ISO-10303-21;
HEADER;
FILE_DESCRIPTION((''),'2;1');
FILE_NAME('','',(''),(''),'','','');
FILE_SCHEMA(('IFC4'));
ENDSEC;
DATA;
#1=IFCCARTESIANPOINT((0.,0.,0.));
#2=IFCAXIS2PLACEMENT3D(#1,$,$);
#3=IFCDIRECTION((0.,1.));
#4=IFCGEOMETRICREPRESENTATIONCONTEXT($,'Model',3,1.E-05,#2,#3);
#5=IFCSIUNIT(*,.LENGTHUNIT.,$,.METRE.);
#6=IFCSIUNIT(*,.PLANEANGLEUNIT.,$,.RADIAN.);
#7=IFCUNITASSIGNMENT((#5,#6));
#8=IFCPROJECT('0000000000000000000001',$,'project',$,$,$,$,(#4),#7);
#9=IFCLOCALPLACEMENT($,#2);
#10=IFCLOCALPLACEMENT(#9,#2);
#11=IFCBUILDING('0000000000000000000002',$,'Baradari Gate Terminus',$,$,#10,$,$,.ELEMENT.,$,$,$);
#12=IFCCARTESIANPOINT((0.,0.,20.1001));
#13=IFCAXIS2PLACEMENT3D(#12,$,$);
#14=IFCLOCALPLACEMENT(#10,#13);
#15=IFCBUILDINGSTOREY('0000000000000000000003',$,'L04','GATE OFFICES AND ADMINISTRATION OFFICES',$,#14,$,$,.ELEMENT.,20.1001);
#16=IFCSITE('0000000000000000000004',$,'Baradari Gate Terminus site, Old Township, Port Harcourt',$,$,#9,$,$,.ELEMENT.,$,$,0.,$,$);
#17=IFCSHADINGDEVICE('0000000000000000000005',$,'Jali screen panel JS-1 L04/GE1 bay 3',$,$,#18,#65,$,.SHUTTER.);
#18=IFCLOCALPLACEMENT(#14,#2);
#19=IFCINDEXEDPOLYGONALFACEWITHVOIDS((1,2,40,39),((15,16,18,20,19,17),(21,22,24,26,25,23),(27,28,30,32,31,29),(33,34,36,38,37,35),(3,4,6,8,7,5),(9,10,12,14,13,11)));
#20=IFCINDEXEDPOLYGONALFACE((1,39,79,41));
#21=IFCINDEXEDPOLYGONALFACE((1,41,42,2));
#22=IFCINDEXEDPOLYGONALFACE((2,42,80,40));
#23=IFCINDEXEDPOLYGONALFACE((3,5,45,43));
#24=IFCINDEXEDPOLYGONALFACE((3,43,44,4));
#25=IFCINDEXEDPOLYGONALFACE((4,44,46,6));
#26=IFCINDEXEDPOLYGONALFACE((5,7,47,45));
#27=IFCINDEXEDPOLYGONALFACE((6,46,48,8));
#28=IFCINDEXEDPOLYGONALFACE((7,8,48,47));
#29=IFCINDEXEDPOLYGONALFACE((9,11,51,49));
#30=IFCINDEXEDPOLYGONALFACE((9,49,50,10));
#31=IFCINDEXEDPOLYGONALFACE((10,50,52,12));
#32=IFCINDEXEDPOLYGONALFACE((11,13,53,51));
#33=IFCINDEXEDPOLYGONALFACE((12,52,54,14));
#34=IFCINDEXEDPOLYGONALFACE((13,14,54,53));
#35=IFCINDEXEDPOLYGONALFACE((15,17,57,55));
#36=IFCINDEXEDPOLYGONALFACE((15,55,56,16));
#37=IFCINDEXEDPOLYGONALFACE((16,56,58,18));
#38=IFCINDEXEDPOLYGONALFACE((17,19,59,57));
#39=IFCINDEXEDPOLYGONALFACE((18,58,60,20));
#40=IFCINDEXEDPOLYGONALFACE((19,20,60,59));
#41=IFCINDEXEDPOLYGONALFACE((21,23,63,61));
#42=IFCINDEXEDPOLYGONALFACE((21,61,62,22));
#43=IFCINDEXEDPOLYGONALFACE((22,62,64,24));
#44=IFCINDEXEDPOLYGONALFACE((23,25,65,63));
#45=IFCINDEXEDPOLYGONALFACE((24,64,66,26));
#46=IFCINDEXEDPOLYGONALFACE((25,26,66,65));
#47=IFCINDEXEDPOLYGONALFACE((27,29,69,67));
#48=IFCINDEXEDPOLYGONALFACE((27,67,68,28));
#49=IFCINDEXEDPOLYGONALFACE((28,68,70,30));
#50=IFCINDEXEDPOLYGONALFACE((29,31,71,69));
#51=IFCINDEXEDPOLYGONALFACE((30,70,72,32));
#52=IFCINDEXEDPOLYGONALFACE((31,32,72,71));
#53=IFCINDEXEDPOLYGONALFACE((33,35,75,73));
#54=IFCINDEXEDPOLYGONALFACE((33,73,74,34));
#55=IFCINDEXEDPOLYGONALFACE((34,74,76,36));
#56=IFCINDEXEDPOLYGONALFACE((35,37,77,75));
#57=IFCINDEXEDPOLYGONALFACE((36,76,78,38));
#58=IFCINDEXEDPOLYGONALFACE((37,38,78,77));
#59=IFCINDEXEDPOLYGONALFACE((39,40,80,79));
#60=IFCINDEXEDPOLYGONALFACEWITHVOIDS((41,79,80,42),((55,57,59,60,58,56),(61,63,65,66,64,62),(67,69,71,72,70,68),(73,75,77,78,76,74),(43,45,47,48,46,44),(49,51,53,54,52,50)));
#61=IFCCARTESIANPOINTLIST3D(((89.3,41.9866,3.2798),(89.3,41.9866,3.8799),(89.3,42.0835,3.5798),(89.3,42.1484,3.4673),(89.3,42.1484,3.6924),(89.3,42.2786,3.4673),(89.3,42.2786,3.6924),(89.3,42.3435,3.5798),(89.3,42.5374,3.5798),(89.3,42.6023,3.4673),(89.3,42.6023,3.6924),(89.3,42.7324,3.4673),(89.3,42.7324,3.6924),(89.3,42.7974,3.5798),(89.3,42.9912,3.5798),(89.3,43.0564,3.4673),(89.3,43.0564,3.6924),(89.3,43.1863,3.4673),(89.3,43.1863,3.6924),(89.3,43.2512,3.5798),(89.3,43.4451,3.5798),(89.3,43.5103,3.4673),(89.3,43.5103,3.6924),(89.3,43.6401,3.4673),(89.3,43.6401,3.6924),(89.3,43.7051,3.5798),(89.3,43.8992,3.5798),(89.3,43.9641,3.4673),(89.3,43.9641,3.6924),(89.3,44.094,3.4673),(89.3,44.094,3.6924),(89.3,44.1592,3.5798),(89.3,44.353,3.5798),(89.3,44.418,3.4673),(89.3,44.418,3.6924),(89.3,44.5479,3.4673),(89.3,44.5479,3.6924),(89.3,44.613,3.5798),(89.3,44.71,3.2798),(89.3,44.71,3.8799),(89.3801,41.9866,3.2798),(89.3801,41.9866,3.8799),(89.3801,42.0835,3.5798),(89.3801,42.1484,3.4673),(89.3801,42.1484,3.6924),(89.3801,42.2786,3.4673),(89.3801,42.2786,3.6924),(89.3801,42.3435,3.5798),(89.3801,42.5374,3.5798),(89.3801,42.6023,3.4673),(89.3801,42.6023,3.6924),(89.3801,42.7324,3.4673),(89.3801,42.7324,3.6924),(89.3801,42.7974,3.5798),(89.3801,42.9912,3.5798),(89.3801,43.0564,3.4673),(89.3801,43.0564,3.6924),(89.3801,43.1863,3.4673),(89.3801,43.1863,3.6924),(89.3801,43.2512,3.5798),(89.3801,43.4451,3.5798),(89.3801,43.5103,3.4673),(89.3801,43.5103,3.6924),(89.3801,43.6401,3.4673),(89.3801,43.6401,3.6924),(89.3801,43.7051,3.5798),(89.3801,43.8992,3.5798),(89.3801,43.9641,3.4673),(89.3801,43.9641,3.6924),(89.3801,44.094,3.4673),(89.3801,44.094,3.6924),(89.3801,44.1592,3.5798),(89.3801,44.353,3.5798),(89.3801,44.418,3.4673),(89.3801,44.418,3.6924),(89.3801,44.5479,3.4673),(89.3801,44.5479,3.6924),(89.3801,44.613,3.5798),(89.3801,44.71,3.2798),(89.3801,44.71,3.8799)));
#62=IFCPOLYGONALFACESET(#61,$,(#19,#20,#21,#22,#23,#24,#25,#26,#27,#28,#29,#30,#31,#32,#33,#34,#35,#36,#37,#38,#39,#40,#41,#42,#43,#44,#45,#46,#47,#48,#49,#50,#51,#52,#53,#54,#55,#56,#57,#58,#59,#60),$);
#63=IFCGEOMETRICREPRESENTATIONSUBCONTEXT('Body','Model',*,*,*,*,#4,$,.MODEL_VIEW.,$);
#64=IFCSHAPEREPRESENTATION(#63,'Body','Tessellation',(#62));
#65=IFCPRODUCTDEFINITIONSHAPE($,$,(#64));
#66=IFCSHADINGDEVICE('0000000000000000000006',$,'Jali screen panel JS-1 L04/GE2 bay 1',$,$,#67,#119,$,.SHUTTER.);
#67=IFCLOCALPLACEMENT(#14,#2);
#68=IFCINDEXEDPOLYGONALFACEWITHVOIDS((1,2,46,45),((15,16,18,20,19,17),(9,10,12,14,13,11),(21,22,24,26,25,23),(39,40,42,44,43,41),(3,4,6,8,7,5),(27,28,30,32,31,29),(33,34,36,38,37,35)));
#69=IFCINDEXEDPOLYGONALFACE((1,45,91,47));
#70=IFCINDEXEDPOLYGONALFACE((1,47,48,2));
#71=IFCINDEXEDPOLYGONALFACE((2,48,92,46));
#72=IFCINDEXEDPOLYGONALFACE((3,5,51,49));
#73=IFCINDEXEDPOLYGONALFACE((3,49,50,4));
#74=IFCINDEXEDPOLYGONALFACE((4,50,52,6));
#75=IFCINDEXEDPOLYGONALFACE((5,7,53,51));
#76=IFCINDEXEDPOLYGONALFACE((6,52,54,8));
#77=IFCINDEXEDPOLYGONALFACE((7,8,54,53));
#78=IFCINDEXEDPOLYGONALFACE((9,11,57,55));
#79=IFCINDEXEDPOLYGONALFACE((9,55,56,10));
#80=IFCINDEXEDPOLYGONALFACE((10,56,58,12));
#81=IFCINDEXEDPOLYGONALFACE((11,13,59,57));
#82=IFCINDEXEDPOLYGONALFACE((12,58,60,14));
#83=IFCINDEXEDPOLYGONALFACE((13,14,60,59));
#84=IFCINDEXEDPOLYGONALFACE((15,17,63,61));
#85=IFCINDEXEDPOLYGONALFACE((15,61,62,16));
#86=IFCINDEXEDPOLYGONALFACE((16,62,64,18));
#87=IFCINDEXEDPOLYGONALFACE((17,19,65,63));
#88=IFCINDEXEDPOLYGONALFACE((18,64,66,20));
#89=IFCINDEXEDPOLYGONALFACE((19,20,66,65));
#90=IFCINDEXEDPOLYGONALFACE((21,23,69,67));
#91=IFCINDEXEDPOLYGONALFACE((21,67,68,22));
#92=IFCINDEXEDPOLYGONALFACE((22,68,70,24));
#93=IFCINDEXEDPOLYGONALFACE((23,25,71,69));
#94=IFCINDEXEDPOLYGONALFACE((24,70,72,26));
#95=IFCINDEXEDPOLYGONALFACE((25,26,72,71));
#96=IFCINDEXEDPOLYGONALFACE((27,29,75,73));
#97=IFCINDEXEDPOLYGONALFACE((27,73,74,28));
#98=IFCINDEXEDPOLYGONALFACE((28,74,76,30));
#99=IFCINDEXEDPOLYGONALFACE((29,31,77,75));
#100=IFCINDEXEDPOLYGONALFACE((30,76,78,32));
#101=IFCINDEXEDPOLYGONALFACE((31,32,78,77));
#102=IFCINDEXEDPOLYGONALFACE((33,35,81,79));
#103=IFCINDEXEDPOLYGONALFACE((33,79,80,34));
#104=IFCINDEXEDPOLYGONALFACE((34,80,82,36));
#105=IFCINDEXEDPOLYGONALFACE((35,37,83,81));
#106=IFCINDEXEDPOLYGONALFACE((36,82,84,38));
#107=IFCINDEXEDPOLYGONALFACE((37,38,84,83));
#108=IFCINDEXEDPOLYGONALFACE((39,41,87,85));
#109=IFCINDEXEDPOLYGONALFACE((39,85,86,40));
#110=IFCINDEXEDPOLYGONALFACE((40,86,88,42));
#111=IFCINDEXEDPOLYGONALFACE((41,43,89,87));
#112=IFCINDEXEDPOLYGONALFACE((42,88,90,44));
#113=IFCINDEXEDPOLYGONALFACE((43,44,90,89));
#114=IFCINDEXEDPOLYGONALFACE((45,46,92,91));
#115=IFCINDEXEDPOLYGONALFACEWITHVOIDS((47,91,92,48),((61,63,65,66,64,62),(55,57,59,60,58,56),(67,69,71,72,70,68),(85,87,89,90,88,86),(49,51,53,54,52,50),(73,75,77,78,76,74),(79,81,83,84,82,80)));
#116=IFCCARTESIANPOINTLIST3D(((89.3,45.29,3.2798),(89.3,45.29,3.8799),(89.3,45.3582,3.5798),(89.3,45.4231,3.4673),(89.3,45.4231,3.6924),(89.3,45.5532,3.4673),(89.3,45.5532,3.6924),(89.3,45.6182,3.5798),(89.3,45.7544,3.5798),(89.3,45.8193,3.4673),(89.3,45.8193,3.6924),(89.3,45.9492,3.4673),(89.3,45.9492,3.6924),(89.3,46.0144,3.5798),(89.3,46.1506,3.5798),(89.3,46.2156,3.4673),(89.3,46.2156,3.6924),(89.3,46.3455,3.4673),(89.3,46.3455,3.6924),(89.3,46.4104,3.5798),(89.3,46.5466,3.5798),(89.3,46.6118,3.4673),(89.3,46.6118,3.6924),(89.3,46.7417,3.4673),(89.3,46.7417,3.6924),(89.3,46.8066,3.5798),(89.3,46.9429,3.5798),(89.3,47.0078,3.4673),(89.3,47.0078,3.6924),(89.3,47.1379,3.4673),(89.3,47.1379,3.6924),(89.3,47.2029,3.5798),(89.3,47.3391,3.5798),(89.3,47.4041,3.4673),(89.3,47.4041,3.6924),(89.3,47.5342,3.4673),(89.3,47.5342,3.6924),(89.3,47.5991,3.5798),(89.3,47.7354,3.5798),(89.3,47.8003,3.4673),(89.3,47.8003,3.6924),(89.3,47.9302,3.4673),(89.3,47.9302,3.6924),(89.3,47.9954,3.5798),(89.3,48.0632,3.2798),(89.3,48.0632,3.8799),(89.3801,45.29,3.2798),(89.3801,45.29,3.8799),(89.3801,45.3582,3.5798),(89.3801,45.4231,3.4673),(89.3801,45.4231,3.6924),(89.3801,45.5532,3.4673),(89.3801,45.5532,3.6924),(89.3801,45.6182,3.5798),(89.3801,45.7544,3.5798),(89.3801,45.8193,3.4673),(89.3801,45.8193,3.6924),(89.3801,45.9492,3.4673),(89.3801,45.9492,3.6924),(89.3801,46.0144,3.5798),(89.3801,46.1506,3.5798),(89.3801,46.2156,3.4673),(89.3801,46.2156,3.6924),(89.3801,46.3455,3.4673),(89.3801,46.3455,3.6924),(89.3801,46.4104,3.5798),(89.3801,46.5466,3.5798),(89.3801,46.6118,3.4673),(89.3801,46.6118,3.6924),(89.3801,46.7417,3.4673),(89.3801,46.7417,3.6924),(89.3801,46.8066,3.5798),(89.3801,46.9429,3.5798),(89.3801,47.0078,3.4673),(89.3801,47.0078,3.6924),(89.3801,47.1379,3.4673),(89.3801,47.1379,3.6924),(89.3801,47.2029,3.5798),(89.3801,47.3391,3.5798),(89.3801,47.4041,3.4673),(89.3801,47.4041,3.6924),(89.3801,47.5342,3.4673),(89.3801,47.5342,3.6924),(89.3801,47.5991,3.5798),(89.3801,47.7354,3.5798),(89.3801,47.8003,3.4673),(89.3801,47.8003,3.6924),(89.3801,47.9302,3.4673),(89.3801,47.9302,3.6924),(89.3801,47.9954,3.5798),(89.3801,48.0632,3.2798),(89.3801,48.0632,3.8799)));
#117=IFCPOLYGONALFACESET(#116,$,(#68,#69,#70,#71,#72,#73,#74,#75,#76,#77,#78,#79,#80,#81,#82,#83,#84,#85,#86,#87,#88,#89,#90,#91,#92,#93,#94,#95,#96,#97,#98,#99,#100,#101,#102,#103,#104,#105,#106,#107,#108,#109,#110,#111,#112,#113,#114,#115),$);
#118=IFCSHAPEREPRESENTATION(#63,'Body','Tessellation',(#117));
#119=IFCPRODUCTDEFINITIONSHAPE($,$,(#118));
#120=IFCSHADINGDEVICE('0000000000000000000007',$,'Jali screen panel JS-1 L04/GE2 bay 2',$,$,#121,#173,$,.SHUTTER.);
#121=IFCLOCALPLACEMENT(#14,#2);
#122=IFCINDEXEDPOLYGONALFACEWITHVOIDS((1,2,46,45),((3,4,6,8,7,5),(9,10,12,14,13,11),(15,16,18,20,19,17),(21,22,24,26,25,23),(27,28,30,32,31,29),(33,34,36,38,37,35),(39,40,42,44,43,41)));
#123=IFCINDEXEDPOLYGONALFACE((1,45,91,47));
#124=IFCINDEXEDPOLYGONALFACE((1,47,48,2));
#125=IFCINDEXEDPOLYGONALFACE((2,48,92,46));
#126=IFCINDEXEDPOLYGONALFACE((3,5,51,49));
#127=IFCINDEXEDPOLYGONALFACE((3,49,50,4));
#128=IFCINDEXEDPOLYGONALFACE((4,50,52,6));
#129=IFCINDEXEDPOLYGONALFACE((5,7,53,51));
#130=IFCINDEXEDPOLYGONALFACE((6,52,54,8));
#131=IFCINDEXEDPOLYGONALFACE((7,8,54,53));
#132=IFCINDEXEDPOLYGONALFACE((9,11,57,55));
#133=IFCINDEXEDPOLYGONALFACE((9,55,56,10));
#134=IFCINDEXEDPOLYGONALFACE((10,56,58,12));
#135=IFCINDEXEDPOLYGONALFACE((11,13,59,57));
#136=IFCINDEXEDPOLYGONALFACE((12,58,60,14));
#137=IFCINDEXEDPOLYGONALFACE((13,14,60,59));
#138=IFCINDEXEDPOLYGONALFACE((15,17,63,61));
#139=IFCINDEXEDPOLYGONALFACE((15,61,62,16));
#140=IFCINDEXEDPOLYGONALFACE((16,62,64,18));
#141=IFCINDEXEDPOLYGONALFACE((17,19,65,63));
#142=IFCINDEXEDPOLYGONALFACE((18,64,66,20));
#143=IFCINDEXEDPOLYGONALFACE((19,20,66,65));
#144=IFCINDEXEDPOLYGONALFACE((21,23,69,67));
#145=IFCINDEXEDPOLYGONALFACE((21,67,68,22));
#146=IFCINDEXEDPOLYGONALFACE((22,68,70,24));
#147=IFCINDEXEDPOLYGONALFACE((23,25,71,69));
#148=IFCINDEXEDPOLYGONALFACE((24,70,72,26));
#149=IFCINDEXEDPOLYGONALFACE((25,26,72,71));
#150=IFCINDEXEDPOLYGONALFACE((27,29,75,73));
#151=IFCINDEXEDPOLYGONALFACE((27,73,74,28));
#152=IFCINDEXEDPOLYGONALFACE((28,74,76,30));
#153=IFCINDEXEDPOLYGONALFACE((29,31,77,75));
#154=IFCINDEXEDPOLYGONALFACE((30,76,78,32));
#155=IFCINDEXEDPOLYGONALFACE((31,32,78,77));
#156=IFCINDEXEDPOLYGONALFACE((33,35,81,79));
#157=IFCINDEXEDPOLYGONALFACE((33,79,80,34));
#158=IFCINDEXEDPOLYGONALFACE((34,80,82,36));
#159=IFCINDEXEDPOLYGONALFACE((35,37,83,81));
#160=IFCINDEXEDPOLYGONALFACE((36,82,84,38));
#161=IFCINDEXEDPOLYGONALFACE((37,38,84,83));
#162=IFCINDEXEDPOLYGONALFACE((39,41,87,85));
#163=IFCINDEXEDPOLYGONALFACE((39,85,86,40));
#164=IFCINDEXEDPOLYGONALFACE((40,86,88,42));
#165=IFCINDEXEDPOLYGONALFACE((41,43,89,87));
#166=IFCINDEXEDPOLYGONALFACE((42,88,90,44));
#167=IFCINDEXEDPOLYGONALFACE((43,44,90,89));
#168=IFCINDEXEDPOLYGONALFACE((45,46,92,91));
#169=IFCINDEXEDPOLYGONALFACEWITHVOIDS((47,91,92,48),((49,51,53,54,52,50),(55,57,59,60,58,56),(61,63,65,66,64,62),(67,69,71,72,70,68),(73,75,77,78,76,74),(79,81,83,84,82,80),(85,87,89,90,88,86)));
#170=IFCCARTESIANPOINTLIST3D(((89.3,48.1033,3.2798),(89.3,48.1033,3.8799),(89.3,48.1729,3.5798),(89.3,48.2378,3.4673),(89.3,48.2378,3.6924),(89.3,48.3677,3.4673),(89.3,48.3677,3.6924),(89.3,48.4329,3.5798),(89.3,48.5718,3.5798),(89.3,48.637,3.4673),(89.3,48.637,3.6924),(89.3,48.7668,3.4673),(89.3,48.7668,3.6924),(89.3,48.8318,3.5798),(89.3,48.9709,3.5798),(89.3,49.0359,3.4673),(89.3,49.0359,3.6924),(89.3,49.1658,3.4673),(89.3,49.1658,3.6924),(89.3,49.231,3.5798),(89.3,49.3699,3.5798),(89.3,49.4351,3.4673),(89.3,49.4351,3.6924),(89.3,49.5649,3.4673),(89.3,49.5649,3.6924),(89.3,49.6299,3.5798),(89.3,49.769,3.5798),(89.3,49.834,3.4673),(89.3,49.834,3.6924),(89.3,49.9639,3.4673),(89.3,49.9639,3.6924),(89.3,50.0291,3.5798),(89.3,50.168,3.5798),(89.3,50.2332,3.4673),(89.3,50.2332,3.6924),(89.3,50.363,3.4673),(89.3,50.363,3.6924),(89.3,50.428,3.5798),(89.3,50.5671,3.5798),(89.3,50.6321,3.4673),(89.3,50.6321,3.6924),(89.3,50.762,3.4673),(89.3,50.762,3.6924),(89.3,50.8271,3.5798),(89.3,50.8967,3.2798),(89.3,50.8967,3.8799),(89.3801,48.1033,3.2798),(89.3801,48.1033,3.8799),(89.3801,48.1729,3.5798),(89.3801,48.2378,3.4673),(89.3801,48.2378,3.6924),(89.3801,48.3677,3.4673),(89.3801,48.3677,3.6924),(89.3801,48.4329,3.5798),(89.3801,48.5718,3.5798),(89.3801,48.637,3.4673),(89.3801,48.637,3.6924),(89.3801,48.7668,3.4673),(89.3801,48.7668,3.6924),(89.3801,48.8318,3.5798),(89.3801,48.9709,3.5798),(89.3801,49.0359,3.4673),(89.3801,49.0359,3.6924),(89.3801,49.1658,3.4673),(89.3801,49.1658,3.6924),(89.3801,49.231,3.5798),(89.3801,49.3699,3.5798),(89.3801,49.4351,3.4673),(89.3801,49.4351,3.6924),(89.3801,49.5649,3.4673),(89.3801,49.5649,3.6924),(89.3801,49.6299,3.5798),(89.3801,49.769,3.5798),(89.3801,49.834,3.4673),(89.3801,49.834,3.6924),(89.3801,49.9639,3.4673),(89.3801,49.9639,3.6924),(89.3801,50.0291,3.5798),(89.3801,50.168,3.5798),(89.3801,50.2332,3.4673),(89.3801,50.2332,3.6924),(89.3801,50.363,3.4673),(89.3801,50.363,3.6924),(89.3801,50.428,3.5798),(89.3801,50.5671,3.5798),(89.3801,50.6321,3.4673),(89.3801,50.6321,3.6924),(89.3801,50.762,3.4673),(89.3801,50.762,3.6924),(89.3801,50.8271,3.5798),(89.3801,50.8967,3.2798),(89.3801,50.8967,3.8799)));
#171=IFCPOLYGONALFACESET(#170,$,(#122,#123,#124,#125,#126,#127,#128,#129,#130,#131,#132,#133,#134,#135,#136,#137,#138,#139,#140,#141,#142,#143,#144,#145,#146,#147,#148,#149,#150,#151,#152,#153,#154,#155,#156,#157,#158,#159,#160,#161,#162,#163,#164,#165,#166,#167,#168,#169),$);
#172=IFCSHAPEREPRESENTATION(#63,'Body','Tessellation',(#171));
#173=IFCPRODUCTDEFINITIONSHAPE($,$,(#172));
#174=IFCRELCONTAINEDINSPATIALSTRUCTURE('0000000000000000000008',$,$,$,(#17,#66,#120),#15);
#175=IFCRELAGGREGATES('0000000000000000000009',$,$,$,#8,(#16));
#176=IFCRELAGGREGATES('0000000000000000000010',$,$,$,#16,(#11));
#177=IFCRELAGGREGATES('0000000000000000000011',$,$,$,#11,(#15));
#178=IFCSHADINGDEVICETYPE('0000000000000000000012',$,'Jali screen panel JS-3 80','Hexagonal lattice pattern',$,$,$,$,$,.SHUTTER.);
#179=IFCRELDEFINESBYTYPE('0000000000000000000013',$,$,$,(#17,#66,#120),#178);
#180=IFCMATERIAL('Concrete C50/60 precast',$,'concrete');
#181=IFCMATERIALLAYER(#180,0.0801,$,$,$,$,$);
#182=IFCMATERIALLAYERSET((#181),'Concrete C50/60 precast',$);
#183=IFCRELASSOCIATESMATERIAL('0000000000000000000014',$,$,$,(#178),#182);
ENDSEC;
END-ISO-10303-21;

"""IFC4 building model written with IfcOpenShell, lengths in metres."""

from ifc_helpers import new_model, si_unit, direction, frame, origin, place, context, subcontext, project, spatial, polyline, outline, extrude, material, layer, layer_set, type_object, element, save


model = new_model("IFC4")

# Units and contexts
model_context = context("Model", 3, precision=1e-05, world=origin(), true_north=direction((0.0, 1.0)))
body_context = subcontext(model_context, "Body", "Model", "MODEL_VIEW")
ifc_project = project(units=[si_unit("LENGTHUNIT", "METRE"), si_unit("PLANEANGLEUNIT", "RADIAN")], contexts=[model_context])

# Site, building, storey
site_placement = place(None, origin())
site = spatial("IfcSite", under=ifc_project, at=site_placement, Name="Baradari Gate Terminus site, Old Township, Port Harcourt", CompositionType="ELEMENT", RefElevation=0.0)
building_placement = place(site_placement, origin())
building = spatial("IfcBuilding", under=site, at=building_placement, Name="Baradari Gate Terminus", CompositionType="ELEMENT")
storey_placement = place(building_placement, frame((0.0, 0.0, 20.1001)))
storey = spatial("IfcBuildingStorey", under=building, at=storey_placement, Name="L04", Description="GATE OFFICES AND ADMINISTRATION OFFICES", CompositionType="ELEMENT", Elevation=20.1001)

# Shading devices
ifc_material_1 = material(Name="Concrete C50/60 precast", Category="concrete")
ifc_layer_1 = layer(ifc_material_1, 0.0801)
ifc_layer_set_1 = layer_set([ifc_layer_1], Name="Concrete C50/60 precast")
shading_device_type = type_object("IfcShadingDeviceType", Name="Jali screen panel JS-3 80", Description="Hexagonal lattice pattern", PredefinedType="SHUTTER", material=ifc_layer_set_1)
shading_device_1_placement = place(storey_placement, frame((89.3401, 41.9866, 3.2798), z_axis=(0.0, 0.0, 1.0), x_axis=(0.0, 1.0, 0.0)))
element("IfcShadingDevice", 1, at=shading_device_1_placement, inside=storey, type_object=shading_device_type, Name="Jali screen panel JS-1 L04/GE1 bay 3", PredefinedType="SHUTTER", context=body_context, shape_type="SweptSolid", body=[
    extrude(outline(polyline([(0.0, 0.0), (2.7234, 0.0), (2.7234, 0.6001), (0.0, 0.6001), (0.0, 0.0)]), holes=[polyline([(0.3569, 0.3), (0.292, 0.1875), (0.1619, 0.1875), (0.0969, 0.3), (0.1619, 0.4126), (0.292, 0.4126), (0.3569, 0.3)]), polyline([(0.8108, 0.3), (0.7458, 0.1875), (0.6157, 0.1875), (0.5508, 0.3), (0.6157, 0.4126), (0.7458, 0.4126), (0.8108, 0.3)]), polyline([(1.2646, 0.3), (1.1997, 0.1875), (1.0698, 0.1875), (1.0046, 0.3), (1.0698, 0.4126), (1.1997, 0.4126), (1.2646, 0.3)]), polyline([(1.7185, 0.3), (1.6536, 0.1875), (1.5237, 0.1875), (1.4585, 0.3), (1.5237, 0.4126), (1.6536, 0.4126), (1.7185, 0.3)]), polyline([(2.1726, 0.3), (2.1074, 0.1875), (1.9775, 0.1875), (1.9126, 0.3), (1.9775, 0.4126), (2.1074, 0.4126), (2.1726, 0.3)]), polyline([(2.6265, 0.3), (2.5613, 0.1875), (2.4314, 0.1875), (2.3665, 0.3), (2.4314, 0.4126), (2.5613, 0.4126), (2.6265, 0.3)])]), frame((0.0, 0.04, 0.0), z_axis=(0.0, -1.0, 0.0), x_axis=(1.0, 0.0, 0.0)), (0.0, 0.0, 1.0), 0.0801),
])
shading_device_2_placement = place(storey_placement, frame((89.3401, 45.29, 3.2798), z_axis=(0.0, 0.0, 1.0), x_axis=(0.0, 1.0, 0.0)))
element("IfcShadingDevice", 2, at=shading_device_2_placement, inside=storey, type_object=shading_device_type, Name="Jali screen panel JS-1 L04/GE2 bay 1", PredefinedType="SHUTTER", context=body_context, shape_type="SweptSolid", body=[
    extrude(outline(polyline([(0.0, 0.0), (2.7732, 0.0), (2.7732, 0.6001), (0.0, 0.6001), (0.0, 0.0)]), holes=[polyline([(0.3281, 0.3), (0.2632, 0.1875), (0.1331, 0.1875), (0.0681, 0.3), (0.1331, 0.4126), (0.2632, 0.4126), (0.3281, 0.3)]), polyline([(0.7244, 0.3), (0.6592, 0.1875), (0.5293, 0.1875), (0.4644, 0.3), (0.5293, 0.4126), (0.6592, 0.4126), (0.7244, 0.3)]), polyline([(1.1204, 0.3), (1.0554, 0.1875), (0.9255, 0.1875), (0.8606, 0.3), (0.9255, 0.4126), (1.0554, 0.4126), (1.1204, 0.3)]), polyline([(1.5166, 0.3), (1.4517, 0.1875), (1.3218, 0.1875), (1.2566, 0.3), (1.3218, 0.4126), (1.4517, 0.4126), (1.5166, 0.3)]), polyline([(1.9128, 0.3), (1.8479, 0.1875), (1.7178, 0.1875), (1.6528, 0.3), (1.7178, 0.4126), (1.8479, 0.4126), (1.9128, 0.3)]), polyline([(2.3091, 0.3), (2.2441, 0.1875), (2.114, 0.1875), (2.0491, 0.3), (2.114, 0.4126), (2.2441, 0.4126), (2.3091, 0.3)]), polyline([(2.7053, 0.3), (2.6401, 0.1875), (2.5103, 0.1875), (2.4453, 0.3), (2.5103, 0.4126), (2.6401, 0.4126), (2.7053, 0.3)])]), frame((0.0, 0.04, 0.0), z_axis=(0.0, -1.0, 0.0), x_axis=(1.0, 0.0, 0.0)), (0.0, 0.0, 1.0), 0.0801),
])
shading_device_3_placement = place(storey_placement, frame((89.3401, 48.1033, 3.2798), z_axis=(0.0, 0.0, 1.0), x_axis=(0.0, 1.0, 0.0)))
element("IfcShadingDevice", 3, at=shading_device_3_placement, inside=storey, type_object=shading_device_type, Name="Jali screen panel JS-1 L04/GE2 bay 2", PredefinedType="SHUTTER", context=body_context, shape_type="SweptSolid", body=[
    extrude(outline(polyline([(0.0, 0.0), (2.7935, 0.0), (2.7935, 0.6001), (0.0, 0.6001), (0.0, 0.0)]), holes=[polyline([(0.3296, 0.3), (0.2644, 0.1875), (0.1345, 0.1875), (0.0696, 0.3), (0.1345, 0.4126), (0.2644, 0.4126), (0.3296, 0.3)]), polyline([(0.7285, 0.3), (0.6636, 0.1875), (0.5337, 0.1875), (0.4685, 0.3), (0.5337, 0.4126), (0.6636, 0.4126), (0.7285, 0.3)]), polyline([(1.1277, 0.3), (1.0625, 0.1875), (0.9326, 0.1875), (0.8677, 0.3), (0.9326, 0.4126), (1.0625, 0.4126), (1.1277, 0.3)]), polyline([(1.5266, 0.3), (1.4617, 0.1875), (1.3318, 0.1875), (1.2666, 0.3), (1.3318, 0.4126), (1.4617, 0.4126), (1.5266, 0.3)]), polyline([(1.9258, 0.3), (1.8606, 0.1875), (1.7307, 0.1875), (1.6658, 0.3), (1.7307, 0.4126), (1.8606, 0.4126), (1.9258, 0.3)]), polyline([(2.3247, 0.3), (2.2598, 0.1875), (2.1299, 0.1875), (2.0647, 0.3), (2.1299, 0.4126), (2.2598, 0.4126), (2.3247, 0.3)]), polyline([(2.7239, 0.3), (2.6587, 0.1875), (2.5288, 0.1875), (2.4639, 0.3), (2.5288, 0.4126), (2.6587, 0.4126), (2.7239, 0.3)])]), frame((0.0, 0.04, 0.0), z_axis=(0.0, -1.0, 0.0), x_axis=(1.0, 0.0, 0.0)), (0.0, 0.0, 1.0), 0.0801),
])

save(model, "model.ifc")
